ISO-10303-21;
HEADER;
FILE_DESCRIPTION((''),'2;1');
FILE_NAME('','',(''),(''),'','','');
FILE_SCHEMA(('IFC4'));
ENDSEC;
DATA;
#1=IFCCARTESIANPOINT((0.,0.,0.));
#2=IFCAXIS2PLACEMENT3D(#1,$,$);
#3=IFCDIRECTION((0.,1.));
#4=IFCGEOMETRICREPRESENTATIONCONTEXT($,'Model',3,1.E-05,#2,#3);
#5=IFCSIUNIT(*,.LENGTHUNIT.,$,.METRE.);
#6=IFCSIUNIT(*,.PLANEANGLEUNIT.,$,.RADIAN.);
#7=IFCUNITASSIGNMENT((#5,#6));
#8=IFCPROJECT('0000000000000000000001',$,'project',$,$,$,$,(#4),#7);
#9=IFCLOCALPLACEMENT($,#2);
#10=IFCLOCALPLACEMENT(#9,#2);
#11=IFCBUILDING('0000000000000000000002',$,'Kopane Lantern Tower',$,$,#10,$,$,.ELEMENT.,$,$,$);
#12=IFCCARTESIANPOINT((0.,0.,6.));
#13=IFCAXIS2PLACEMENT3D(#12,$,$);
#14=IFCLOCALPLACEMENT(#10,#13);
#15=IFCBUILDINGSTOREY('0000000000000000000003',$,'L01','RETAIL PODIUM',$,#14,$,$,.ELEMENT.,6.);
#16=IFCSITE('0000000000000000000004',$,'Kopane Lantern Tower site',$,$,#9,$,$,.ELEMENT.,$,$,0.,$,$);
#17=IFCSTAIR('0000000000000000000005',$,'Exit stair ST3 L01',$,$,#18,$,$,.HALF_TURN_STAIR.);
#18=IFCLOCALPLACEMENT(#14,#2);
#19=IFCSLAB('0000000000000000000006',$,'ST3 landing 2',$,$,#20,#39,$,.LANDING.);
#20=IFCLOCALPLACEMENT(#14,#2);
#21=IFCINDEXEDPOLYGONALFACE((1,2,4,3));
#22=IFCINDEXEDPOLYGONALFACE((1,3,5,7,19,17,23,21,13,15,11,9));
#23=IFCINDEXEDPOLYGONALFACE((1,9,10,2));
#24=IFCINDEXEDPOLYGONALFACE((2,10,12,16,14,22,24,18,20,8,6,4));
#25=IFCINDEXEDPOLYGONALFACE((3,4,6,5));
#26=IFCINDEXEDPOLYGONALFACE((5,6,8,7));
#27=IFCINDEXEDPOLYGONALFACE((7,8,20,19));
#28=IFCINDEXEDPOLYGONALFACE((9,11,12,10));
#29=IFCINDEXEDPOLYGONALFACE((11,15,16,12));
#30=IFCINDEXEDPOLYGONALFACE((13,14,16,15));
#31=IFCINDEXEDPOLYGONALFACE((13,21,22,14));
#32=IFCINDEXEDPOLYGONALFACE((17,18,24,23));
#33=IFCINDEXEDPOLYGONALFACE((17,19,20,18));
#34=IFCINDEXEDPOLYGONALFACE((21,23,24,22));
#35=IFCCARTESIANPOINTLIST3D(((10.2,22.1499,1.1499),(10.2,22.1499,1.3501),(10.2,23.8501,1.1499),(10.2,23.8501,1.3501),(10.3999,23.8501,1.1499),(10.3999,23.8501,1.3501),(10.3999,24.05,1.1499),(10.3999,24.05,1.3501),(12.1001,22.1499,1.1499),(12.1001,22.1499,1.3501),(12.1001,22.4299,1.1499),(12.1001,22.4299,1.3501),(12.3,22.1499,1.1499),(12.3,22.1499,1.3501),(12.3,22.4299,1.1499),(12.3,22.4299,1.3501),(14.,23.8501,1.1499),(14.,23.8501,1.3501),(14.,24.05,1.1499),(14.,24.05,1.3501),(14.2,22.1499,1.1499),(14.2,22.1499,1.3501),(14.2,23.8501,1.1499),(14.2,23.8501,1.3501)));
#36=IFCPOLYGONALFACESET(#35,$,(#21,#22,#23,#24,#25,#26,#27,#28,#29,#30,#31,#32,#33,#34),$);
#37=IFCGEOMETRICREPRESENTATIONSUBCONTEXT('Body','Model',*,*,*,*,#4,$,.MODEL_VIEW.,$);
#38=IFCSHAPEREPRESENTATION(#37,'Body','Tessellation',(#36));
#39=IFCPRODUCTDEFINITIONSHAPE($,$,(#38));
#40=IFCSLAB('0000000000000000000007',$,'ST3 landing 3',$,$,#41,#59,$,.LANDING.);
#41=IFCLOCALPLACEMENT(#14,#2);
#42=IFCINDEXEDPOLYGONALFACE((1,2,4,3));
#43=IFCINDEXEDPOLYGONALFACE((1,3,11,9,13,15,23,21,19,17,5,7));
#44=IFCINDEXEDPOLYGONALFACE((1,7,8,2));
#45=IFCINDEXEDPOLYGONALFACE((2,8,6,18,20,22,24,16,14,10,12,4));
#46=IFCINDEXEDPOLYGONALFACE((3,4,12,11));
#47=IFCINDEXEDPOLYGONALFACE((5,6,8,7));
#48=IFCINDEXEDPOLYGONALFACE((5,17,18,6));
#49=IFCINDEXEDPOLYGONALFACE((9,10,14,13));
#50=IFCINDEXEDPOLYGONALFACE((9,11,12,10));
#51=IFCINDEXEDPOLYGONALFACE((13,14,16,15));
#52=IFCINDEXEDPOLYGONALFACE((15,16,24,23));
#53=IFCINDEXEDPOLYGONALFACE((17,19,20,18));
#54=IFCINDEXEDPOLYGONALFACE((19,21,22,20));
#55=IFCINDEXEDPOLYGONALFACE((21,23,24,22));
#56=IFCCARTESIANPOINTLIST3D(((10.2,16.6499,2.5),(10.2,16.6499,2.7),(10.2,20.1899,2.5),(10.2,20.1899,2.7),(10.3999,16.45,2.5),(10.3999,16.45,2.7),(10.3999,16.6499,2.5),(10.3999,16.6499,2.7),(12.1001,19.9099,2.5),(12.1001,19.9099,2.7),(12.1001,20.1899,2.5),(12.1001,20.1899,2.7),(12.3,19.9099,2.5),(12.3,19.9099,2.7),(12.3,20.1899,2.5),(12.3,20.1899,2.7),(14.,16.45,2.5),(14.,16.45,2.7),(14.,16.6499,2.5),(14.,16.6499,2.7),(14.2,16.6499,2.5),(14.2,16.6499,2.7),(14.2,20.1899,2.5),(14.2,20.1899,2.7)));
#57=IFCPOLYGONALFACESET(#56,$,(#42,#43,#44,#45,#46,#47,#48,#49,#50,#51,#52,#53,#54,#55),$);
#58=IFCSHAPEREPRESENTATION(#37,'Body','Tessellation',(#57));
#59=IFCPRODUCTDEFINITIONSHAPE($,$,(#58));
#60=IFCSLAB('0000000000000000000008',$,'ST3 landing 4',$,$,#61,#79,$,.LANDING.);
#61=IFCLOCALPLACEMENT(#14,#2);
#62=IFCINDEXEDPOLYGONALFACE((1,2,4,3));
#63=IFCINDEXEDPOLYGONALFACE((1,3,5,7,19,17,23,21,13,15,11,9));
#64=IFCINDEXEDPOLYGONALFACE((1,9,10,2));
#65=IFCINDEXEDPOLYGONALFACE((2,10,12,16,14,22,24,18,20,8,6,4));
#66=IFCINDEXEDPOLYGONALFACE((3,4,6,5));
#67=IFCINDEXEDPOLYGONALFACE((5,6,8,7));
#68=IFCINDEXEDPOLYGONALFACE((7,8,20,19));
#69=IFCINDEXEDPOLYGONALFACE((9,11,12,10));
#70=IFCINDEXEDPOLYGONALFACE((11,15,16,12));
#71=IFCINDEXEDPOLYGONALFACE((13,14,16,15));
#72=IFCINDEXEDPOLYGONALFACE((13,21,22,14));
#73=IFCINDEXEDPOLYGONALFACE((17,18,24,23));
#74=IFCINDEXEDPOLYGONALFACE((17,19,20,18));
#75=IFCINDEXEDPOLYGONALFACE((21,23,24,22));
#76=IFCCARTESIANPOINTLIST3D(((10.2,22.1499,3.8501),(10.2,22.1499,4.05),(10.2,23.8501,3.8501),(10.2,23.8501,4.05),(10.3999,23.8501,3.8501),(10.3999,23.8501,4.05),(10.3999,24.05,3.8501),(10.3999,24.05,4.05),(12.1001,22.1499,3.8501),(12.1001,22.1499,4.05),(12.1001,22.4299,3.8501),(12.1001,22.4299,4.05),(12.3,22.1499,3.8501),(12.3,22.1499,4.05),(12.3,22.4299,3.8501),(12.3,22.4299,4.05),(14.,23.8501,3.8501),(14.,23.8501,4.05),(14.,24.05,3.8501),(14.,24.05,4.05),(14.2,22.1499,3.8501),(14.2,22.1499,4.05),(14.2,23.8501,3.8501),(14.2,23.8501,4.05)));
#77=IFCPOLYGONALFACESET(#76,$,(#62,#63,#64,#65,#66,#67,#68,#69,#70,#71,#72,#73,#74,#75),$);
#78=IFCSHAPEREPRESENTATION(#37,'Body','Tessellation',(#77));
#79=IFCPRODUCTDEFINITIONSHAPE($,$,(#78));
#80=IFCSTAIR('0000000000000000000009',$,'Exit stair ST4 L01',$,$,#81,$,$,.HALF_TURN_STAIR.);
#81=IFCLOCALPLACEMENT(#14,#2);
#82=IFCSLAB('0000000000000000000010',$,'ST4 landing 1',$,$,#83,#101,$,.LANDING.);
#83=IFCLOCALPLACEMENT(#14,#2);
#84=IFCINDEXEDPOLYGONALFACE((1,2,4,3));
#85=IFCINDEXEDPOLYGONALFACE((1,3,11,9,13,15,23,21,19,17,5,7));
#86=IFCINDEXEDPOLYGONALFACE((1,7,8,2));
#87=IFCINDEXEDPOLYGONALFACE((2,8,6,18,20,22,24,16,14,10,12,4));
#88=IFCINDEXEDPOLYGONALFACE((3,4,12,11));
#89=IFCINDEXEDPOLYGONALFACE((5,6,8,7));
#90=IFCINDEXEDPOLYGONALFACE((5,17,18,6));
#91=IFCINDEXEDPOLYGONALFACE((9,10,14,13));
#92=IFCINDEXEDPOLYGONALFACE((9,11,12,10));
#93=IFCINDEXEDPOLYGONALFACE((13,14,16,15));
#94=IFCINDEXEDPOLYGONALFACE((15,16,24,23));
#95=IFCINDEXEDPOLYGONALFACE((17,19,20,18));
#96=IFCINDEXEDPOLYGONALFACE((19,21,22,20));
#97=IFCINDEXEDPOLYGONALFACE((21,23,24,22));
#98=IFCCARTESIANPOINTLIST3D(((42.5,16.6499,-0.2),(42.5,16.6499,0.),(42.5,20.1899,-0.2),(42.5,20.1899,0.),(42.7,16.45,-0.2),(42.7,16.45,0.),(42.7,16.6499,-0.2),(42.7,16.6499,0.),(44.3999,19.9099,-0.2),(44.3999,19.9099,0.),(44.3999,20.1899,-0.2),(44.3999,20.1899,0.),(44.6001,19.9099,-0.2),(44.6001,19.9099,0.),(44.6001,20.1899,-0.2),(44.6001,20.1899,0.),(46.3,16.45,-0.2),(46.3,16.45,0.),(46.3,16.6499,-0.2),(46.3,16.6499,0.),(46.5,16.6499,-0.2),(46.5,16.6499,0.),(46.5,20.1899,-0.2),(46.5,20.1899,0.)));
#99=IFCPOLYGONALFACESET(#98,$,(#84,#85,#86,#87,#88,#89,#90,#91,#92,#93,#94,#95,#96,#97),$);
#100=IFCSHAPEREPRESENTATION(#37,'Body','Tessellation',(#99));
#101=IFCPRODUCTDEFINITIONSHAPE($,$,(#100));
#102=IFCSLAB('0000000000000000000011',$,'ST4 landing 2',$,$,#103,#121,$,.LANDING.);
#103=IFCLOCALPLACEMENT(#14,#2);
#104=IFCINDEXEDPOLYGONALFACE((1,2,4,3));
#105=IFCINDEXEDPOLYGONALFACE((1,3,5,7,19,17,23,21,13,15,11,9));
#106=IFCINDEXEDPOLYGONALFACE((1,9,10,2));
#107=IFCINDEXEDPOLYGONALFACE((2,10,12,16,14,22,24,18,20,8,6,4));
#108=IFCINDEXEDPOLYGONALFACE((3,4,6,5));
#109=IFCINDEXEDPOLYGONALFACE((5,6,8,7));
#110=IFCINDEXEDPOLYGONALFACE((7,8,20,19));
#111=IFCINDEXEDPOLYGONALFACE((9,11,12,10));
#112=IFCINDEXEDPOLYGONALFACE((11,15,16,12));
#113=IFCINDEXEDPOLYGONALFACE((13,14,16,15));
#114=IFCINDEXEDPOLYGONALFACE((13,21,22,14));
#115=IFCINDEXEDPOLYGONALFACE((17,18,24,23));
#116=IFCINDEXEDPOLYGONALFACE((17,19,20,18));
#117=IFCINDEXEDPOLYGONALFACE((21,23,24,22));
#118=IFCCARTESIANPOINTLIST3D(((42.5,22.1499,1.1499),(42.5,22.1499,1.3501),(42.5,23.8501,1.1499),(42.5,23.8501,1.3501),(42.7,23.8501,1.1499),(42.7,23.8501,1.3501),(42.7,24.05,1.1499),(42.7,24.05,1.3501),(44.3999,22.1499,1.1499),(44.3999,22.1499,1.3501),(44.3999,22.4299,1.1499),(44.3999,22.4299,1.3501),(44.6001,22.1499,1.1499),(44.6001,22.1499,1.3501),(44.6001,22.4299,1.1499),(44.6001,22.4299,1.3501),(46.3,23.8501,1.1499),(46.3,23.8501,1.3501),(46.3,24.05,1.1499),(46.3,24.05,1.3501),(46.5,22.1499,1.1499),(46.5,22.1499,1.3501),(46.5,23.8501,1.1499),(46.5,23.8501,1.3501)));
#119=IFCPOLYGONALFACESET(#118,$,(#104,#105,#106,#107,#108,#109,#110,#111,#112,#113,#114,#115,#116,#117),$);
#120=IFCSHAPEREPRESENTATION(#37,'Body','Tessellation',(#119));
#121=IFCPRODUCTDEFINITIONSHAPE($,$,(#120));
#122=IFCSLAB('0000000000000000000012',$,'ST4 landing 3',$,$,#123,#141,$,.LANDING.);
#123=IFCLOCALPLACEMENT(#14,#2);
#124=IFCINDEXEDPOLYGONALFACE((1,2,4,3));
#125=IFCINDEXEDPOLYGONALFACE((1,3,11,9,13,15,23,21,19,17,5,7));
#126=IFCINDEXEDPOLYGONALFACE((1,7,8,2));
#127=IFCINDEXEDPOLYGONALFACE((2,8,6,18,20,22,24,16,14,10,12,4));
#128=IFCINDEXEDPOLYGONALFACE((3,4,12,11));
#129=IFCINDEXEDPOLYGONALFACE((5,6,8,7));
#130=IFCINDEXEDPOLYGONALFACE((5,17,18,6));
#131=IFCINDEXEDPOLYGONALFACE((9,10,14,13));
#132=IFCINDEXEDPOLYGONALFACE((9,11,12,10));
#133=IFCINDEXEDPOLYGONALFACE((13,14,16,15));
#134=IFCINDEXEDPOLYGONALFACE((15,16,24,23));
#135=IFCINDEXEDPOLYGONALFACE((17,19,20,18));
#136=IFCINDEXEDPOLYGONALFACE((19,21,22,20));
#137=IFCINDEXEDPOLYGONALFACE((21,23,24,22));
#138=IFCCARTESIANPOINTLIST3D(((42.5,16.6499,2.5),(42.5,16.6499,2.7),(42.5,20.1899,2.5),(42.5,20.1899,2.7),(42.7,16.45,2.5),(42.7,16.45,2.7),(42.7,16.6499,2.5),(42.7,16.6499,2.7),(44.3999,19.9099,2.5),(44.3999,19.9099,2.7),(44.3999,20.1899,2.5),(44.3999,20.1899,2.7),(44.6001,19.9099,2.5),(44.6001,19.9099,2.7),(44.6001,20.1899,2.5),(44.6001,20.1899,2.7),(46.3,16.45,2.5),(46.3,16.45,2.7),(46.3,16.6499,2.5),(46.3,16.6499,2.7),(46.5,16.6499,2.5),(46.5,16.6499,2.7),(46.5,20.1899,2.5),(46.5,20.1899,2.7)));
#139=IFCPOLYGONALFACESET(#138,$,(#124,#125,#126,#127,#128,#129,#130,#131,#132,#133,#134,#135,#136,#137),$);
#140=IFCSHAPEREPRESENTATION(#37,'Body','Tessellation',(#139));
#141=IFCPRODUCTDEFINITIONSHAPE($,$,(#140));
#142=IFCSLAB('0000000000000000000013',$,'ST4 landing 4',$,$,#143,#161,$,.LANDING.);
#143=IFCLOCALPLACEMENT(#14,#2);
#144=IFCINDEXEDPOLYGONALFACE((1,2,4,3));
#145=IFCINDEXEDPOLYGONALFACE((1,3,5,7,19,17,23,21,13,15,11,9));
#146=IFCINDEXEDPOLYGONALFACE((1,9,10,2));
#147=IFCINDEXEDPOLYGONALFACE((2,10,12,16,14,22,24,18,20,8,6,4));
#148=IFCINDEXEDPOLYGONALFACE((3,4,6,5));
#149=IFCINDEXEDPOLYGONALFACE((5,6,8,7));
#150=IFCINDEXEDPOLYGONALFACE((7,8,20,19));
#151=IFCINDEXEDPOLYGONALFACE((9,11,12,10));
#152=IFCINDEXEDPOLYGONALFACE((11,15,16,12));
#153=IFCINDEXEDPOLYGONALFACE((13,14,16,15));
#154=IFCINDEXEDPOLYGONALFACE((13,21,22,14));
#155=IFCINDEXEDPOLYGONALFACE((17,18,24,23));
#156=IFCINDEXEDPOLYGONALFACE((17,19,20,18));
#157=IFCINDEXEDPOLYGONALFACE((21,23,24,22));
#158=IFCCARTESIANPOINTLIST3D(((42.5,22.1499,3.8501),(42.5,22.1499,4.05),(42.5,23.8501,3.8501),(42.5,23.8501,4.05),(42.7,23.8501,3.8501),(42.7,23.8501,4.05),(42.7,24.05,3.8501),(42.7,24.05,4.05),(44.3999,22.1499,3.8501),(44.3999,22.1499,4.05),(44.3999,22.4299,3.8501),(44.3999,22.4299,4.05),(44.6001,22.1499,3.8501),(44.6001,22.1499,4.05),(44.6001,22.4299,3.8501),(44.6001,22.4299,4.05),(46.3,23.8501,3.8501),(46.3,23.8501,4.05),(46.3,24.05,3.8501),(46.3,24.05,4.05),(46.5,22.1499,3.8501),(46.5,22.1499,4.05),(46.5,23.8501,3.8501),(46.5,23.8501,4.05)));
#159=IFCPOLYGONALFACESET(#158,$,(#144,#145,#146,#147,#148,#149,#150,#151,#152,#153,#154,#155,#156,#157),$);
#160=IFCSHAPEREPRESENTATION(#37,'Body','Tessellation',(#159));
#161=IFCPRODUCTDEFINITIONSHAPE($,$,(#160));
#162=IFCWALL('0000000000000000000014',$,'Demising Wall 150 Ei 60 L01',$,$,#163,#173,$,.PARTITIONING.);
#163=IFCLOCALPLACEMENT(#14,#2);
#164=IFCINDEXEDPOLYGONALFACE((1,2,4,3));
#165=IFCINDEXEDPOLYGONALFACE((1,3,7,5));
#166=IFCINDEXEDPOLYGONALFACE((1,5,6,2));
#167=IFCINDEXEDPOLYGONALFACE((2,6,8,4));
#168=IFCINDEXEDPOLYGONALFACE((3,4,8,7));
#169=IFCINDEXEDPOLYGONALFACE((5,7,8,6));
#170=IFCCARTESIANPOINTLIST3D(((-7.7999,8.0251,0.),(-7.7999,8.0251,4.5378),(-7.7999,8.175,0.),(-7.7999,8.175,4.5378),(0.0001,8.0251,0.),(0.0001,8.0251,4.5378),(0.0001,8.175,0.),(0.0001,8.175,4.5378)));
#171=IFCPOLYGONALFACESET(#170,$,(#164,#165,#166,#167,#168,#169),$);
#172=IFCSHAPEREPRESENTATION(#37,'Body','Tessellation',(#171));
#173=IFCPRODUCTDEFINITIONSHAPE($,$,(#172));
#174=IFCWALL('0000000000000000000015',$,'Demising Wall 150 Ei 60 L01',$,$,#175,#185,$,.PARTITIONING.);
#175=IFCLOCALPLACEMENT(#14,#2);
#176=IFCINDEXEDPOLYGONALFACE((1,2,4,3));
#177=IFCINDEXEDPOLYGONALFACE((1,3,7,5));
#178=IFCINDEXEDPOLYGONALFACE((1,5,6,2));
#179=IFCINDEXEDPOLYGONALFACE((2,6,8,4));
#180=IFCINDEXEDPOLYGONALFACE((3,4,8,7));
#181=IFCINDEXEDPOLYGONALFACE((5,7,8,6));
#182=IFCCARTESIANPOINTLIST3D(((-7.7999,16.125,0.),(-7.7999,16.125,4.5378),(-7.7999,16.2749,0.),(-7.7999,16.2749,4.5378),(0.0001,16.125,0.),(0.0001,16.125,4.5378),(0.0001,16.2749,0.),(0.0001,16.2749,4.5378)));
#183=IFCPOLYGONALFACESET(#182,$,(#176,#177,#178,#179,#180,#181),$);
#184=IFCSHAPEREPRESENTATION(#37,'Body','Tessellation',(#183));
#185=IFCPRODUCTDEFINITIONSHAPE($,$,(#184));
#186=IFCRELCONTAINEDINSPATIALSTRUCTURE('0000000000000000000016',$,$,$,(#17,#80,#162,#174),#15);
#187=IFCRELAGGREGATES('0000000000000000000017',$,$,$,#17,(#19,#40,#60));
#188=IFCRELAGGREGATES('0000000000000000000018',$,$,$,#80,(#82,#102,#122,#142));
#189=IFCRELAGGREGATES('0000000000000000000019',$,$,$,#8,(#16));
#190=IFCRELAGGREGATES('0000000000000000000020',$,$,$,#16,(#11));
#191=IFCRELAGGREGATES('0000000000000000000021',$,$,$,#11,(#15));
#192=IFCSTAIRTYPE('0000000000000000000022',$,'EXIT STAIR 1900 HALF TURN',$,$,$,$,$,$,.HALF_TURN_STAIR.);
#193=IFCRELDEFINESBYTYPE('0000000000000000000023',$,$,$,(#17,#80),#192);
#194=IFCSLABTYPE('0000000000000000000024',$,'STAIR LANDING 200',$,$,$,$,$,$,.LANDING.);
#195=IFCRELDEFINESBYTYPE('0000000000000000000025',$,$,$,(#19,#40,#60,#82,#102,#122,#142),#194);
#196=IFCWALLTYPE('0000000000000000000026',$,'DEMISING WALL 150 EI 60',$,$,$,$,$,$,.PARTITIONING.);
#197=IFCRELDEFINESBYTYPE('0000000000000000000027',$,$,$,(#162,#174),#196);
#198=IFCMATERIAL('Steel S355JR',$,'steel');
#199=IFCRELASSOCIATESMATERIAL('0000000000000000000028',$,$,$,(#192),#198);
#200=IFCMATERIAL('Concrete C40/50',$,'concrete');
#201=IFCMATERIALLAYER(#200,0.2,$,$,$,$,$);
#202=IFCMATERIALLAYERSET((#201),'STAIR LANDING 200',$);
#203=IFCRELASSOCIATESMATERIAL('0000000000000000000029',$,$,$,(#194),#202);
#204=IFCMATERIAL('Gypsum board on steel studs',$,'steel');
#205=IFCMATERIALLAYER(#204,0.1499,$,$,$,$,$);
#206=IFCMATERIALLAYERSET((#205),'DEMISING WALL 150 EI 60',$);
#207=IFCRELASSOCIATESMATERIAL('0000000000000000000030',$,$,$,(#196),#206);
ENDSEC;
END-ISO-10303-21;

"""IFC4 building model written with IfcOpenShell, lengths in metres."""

from ifc_helpers import new_model, si_unit, direction, frame, frame_2d, origin, place, context, subcontext, project, spatial, polyline, rectangle, outline, extrude, material, layer, layer_set, type_object, element, aggregate, save


model = new_model("IFC4")

# Units and contexts
model_context = context("Model", 3, precision=1e-05, world=origin(), true_north=direction((0.0, 1.0)))
body_context = subcontext(model_context, "Body", "Model", "MODEL_VIEW")
ifc_project = project(units=[si_unit("LENGTHUNIT", "METRE"), si_unit("PLANEANGLEUNIT", "RADIAN")], contexts=[model_context])

# Site, building, storey
site_placement = place(None, origin())
site = spatial("IfcSite", under=ifc_project, at=site_placement, Name="Kopane Lantern Tower site", CompositionType="ELEMENT", RefElevation=0.0)
building_placement = place(site_placement, origin())
building = spatial("IfcBuilding", under=site, at=building_placement, Name="Kopane Lantern Tower", CompositionType="ELEMENT")
storey_placement = place(building_placement, frame((0.0, 0.0, 6.0)))
storey = spatial("IfcBuildingStorey", under=building, at=storey_placement, Name="L01", Description="RETAIL PODIUM", CompositionType="ELEMENT", Elevation=6.0)

# Stairs, slabs
ifc_material_1 = material(Name="Steel S355JR", Category="steel")
stair_type = type_object("IfcStairType", Name="EXIT STAIR 1900 HALF TURN", PredefinedType="HALF_TURN_STAIR", material=ifc_material_1)
ifc_material_2 = material(Name="Concrete C40/50", Category="concrete")
ifc_layer_1 = layer(ifc_material_2, 0.2)
ifc_layer_set_1 = layer_set([ifc_layer_1], Name="STAIR LANDING 200")
slab_type = type_object("IfcSlabType", Name="STAIR LANDING 200", PredefinedType="LANDING", material=ifc_layer_set_1)
stair_1_placement = place(storey_placement, origin())
stair_1 = element("IfcStair", 1, at=stair_1_placement, inside=storey, type_object=stair_type, Name="Exit stair ST3 L01", PredefinedType="HALF_TURN_STAIR")
slab_1_placement = place(storey_placement, frame((0.0, 0.0, 1.1499)))
slab_1 = element("IfcSlab", 2, at=slab_1_placement, type_object=slab_type, Name="ST3 landing 2", PredefinedType="LANDING", context=body_context, shape_type="SweptSolid", body=[
    extrude(outline(polyline([(10.3999, 23.8501), (10.2, 23.8501), (10.2, 22.1499), (12.1001, 22.1499), (12.1001, 22.4299), (12.3, 22.4299), (12.3, 22.1499), (14.2, 22.1499), (14.2, 23.8501), (14.0, 23.8501), (14.0, 24.05), (10.3999, 24.05), (10.3999, 23.8501)])), origin(), (0.0, 0.0, 1.0), 0.2002),
])
slab_2_placement = place(storey_placement, frame((0.0, 0.0, 2.5)))
slab_2 = element("IfcSlab", 3, at=slab_2_placement, type_object=slab_type, Name="ST3 landing 3", PredefinedType="LANDING", context=body_context, shape_type="SweptSolid", body=[
    extrude(outline(polyline([(10.3999, 16.6499), (10.3999, 16.45), (14.0, 16.45), (14.0, 16.6499), (14.2, 16.6499), (14.2, 20.1899), (12.3, 20.1899), (12.3, 19.9099), (12.1001, 19.9099), (12.1001, 20.1899), (10.2, 20.1899), (10.2, 16.6499), (10.3999, 16.6499)])), origin(), (0.0, 0.0, 1.0), 0.2),
])
slab_3_placement = place(storey_placement, frame((0.0, 0.0, 3.8501)))
slab_3 = element("IfcSlab", 4, at=slab_3_placement, type_object=slab_type, Name="ST3 landing 4", PredefinedType="LANDING", context=body_context, shape_type="SweptSolid", body=[
    extrude(outline(polyline([(10.3999, 23.8501), (10.2, 23.8501), (10.2, 22.1499), (12.1001, 22.1499), (12.1001, 22.4299), (12.3, 22.4299), (12.3, 22.1499), (14.2, 22.1499), (14.2, 23.8501), (14.0, 23.8501), (14.0, 24.05), (10.3999, 24.05), (10.3999, 23.8501)])), origin(), (0.0, 0.0, 1.0), 0.2),
])
aggregate(stair_1, [slab_1, slab_2, slab_3])
stair_2_placement = place(storey_placement, origin())
stair_2 = element("IfcStair", 5, at=stair_2_placement, inside=storey, type_object=stair_type, Name="Exit stair ST4 L01", PredefinedType="HALF_TURN_STAIR")
slab_4_placement = place(storey_placement, frame((0.0, 0.0, -0.2)))
slab_4 = element("IfcSlab", 6, at=slab_4_placement, type_object=slab_type, Name="ST4 landing 1", PredefinedType="LANDING", context=body_context, shape_type="SweptSolid", body=[
    extrude(outline(polyline([(42.7, 16.6499), (42.7, 16.45), (46.3, 16.45), (46.3, 16.6499), (46.5, 16.6499), (46.5, 20.1899), (44.6001, 20.1899), (44.6001, 19.9099), (44.3999, 19.9099), (44.3999, 20.1899), (42.5, 20.1899), (42.5, 16.6499), (42.7, 16.6499)])), origin(), (0.0, 0.0, 1.0), 0.2),
])
slab_5_placement = place(storey_placement, frame((0.0, 0.0, 1.1499)))
slab_5 = element("IfcSlab", 7, at=slab_5_placement, type_object=slab_type, Name="ST4 landing 2", PredefinedType="LANDING", context=body_context, shape_type="SweptSolid", body=[
    extrude(outline(polyline([(42.7, 23.8501), (42.5, 23.8501), (42.5, 22.1499), (44.3999, 22.1499), (44.3999, 22.4299), (44.6001, 22.4299), (44.6001, 22.1499), (46.5, 22.1499), (46.5, 23.8501), (46.3, 23.8501), (46.3, 24.05), (42.7, 24.05), (42.7, 23.8501)])), origin(), (0.0, 0.0, 1.0), 0.2002),
])
slab_6_placement = place(storey_placement, frame((0.0, 0.0, 2.5)))
slab_6 = element("IfcSlab", 8, at=slab_6_placement, type_object=slab_type, Name="ST4 landing 3", PredefinedType="LANDING", context=body_context, shape_type="SweptSolid", body=[
    extrude(outline(polyline([(42.7, 16.6499), (42.7, 16.45), (46.3, 16.45), (46.3, 16.6499), (46.5, 16.6499), (46.5, 20.1899), (44.6001, 20.1899), (44.6001, 19.9099), (44.3999, 19.9099), (44.3999, 20.1899), (42.5, 20.1899), (42.5, 16.6499), (42.7, 16.6499)])), origin(), (0.0, 0.0, 1.0), 0.2),
])
slab_7_placement = place(storey_placement, frame((0.0, 0.0, 3.8501)))
slab_7 = element("IfcSlab", 9, at=slab_7_placement, type_object=slab_type, Name="ST4 landing 4", PredefinedType="LANDING", context=body_context, shape_type="SweptSolid", body=[
    extrude(outline(polyline([(42.7, 23.8501), (42.5, 23.8501), (42.5, 22.1499), (44.3999, 22.1499), (44.3999, 22.4299), (44.6001, 22.4299), (44.6001, 22.1499), (46.5, 22.1499), (46.5, 23.8501), (46.3, 23.8501), (46.3, 24.05), (42.7, 24.05), (42.7, 23.8501)])), origin(), (0.0, 0.0, 1.0), 0.2),
])
aggregate(stair_2, [slab_4, slab_5, slab_6, slab_7])

# Walls
ifc_material_3 = material(Name="Gypsum board on steel studs", Category="steel")
ifc_layer_2 = layer(ifc_material_3, 0.1499)
ifc_layer_set_2 = layer_set([ifc_layer_2], Name="DEMISING WALL 150 EI 60")
wall_type = type_object("IfcWallType", Name="DEMISING WALL 150 EI 60", PredefinedType="PARTITIONING", material=ifc_layer_set_2)
for number, where, z_axis, x_axis, name in (
    (10, (0.0, 8.1001, 0.0), (0.0, 0.0, 1.0), (-1.0, 0.0, 0.0), "Demising Wall 150 Ei 60 L01"),
    (11, (0.0, 16.2, 0.0), (0.0, 0.0, 1.0), (-1.0, 0.0, 0.0), "Demising Wall 150 Ei 60 L01"),
):
    element("IfcWall", number, at=place(storey_placement, frame(where, z_axis=z_axis, x_axis=x_axis)), inside=storey, type_object=wall_type, Name=name, PredefinedType="PARTITIONING", context=body_context, shape_type="SweptSolid", body=[
        extrude(rectangle(XDim=7.8, YDim=0.1499, at=frame_2d((3.8999, 0.0))), origin(), (0.0, 0.0, 1.0), 4.5378),
    ])

save(model, "model.ifc")
